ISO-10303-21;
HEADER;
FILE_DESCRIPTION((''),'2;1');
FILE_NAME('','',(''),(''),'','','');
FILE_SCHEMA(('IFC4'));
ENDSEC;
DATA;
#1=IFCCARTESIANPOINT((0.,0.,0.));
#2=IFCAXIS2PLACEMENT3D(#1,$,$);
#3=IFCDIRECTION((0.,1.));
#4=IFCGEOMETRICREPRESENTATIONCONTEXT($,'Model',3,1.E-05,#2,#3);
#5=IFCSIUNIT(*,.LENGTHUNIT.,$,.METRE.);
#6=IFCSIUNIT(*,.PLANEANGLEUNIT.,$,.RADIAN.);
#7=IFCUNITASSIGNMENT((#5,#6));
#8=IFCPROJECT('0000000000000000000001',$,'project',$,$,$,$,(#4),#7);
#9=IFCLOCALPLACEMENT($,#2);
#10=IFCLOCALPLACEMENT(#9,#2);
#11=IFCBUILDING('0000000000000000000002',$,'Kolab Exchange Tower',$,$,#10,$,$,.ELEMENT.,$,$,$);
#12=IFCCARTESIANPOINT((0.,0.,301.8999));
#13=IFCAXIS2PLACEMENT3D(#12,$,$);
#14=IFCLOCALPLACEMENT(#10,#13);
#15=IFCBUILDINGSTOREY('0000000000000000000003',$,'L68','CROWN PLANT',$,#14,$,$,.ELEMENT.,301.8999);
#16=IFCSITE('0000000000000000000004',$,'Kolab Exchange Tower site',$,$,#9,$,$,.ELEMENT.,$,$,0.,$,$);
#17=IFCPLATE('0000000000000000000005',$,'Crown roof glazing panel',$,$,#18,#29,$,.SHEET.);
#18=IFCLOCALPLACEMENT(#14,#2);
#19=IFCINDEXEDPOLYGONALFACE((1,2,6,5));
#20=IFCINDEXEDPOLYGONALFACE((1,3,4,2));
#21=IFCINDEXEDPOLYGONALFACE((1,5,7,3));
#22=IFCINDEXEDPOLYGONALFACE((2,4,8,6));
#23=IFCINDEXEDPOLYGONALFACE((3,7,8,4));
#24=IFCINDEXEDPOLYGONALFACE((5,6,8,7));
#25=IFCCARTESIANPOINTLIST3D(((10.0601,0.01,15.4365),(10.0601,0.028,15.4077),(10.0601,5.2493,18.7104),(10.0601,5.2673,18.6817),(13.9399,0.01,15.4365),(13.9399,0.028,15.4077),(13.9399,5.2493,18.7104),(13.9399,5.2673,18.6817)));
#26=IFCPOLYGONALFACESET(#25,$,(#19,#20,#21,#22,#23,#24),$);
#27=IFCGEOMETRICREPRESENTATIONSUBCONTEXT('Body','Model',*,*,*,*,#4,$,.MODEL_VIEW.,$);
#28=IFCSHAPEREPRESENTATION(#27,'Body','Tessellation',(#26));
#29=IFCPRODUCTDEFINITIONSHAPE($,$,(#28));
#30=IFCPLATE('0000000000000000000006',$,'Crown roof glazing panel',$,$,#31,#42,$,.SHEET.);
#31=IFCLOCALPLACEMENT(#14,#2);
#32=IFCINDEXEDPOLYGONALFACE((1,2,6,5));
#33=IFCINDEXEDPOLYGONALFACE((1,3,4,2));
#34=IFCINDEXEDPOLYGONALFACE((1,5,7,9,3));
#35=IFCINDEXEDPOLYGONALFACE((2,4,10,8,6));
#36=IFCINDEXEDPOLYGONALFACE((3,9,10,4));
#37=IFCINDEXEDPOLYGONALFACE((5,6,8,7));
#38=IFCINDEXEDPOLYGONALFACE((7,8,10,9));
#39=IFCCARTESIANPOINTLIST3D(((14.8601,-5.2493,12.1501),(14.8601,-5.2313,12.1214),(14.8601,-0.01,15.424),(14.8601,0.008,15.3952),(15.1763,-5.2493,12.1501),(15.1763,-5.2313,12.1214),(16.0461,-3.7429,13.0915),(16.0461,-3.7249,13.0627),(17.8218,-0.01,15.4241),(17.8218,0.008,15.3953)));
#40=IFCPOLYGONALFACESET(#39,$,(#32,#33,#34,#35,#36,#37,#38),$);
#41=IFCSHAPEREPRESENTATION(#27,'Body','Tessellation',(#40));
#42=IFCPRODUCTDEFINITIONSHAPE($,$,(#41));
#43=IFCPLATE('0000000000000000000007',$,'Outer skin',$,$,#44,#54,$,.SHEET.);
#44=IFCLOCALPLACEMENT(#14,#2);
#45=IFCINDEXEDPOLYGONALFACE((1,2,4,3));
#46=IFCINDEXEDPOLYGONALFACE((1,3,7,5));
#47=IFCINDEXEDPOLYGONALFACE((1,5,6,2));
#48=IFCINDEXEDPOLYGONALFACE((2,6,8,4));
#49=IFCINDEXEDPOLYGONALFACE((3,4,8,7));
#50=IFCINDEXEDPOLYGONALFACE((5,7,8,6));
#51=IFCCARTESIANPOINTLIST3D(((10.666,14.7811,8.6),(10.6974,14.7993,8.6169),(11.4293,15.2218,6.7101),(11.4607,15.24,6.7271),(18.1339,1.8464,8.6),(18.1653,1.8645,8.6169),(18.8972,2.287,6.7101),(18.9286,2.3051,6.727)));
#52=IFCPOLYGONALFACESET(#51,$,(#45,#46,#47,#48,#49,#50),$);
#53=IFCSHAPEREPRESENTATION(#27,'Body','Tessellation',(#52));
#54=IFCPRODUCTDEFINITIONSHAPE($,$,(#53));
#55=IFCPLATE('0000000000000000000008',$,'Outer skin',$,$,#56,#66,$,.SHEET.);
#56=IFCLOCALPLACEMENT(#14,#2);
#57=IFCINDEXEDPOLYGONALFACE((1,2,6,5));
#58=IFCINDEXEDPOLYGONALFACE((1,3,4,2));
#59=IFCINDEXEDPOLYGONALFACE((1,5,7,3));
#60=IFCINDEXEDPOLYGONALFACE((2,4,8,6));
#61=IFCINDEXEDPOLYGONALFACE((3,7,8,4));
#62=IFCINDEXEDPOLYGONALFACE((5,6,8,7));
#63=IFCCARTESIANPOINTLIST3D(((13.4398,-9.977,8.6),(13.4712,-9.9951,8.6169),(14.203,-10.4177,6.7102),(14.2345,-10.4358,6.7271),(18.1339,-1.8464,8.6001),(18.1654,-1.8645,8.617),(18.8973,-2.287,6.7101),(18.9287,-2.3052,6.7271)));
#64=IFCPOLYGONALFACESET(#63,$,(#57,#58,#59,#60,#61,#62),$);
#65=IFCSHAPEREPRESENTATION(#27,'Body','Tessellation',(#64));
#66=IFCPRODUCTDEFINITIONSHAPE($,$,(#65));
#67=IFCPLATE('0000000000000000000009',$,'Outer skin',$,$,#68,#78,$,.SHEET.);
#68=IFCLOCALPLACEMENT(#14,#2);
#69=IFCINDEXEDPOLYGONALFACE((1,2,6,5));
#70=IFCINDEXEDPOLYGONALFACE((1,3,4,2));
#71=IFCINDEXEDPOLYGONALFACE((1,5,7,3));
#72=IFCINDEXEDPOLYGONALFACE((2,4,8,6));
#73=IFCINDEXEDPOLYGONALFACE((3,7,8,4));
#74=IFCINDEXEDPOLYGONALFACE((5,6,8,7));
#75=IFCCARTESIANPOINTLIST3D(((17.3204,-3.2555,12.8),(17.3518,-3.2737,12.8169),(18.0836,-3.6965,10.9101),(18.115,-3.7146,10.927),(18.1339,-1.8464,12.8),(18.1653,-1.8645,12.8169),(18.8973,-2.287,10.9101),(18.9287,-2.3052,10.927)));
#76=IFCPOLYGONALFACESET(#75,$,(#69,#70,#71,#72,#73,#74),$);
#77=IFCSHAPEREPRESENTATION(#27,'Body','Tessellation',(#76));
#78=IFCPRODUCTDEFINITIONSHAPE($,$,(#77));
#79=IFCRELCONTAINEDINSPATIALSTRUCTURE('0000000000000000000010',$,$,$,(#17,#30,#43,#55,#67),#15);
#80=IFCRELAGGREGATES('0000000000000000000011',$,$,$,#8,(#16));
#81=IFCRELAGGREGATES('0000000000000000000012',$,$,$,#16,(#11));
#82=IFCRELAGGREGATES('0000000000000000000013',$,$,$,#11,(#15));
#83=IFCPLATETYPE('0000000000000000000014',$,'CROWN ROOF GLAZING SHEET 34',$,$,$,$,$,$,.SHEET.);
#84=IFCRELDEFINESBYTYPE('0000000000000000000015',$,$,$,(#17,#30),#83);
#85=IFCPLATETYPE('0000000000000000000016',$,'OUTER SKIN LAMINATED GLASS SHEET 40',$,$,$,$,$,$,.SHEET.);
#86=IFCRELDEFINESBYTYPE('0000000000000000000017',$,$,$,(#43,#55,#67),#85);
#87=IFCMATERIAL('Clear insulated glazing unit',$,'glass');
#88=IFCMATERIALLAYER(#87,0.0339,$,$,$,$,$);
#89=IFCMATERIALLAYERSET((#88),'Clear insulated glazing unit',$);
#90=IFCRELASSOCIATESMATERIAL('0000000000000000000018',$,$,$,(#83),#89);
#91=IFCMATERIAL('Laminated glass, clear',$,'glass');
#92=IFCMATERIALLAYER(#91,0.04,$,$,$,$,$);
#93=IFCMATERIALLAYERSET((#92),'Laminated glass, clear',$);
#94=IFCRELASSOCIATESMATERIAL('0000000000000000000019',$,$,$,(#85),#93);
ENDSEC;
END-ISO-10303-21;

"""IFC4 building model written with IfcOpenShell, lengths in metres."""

from ifc_helpers import new_model, si_unit, direction, frame, origin, place, context, subcontext, project, spatial, polyline, outline, extrude, material, layer, layer_set, type_object, element, save


model = new_model("IFC4")

# Units and contexts
model_context = context("Model", 3, precision=1e-05, world=origin(), true_north=direction((0.0, 1.0)))
body_context = subcontext(model_context, "Body", "Model", "MODEL_VIEW")
ifc_project = project(units=[si_unit("LENGTHUNIT", "METRE"), si_unit("PLANEANGLEUNIT", "RADIAN")], contexts=[model_context])

# Site, building, storey
site_placement = place(None, origin())
site = spatial("IfcSite", under=ifc_project, at=site_placement, Name="Kolab Exchange Tower site", CompositionType="ELEMENT", RefElevation=0.0)
building_placement = place(site_placement, origin())
building = spatial("IfcBuilding", under=site, at=building_placement, Name="Kolab Exchange Tower", CompositionType="ELEMENT")
storey_placement = place(building_placement, frame((0.0, 0.0, 301.8999)))
storey = spatial("IfcBuildingStorey", under=building, at=storey_placement, Name="L68", Description="CROWN PLANT", CompositionType="ELEMENT", Elevation=301.8999)

# Plates
ifc_material_1 = material(Name="Clear insulated glazing unit", Category="glass")
ifc_layer_1 = layer(ifc_material_1, 0.0339)
ifc_layer_set_1 = layer_set([ifc_layer_1], Name="Clear insulated glazing unit")
plate_type_1 = type_object("IfcPlateType", Name="CROWN ROOF GLAZING SHEET 34", PredefinedType="SHEET", material=ifc_layer_set_1)
for number, where, z_axis, x_axis, name in (
    (1, (10.0601, 0.01, 15.4365), (0.0, -0.529928, 0.848043), (0.0, 0.848043, 0.529928), "Crown roof glazing panel"),
):
    element("IfcPlate", number, at=place(storey_placement, frame(where, z_axis=z_axis, x_axis=x_axis)), inside=storey, type_object=plate_type_1, Name=name, PredefinedType="SHEET", context=body_context, shape_type="SweptSolid", body=[
        extrude(outline(polyline([(0.0, 0.0), (6.1781, 0.0), (6.1781, -3.8799), (0.0, -3.8799), (0.0, 0.0)])), origin(), (0.0, 0.0, -1.0), 0.0339),
    ])
plate_1_placement = place(storey_placement, frame((17.8218, -0.01, 15.4241), z_axis=(-0.000029, -0.529917, 0.848049), x_axis=(-0.374103, -0.786464, -0.491448)))
element("IfcPlate", 2, at=plate_1_placement, inside=storey, type_object=plate_type_1, Name="Crown roof glazing panel", PredefinedType="SHEET", context=body_context, shape_type="SweptSolid", body=[
    extrude(outline(polyline([(0.0, 0.0), (4.7464, 0.0), (6.7191, -0.1422), (6.8374, -0.4354), (1.108, -2.7466), (0.0, 0.0)])), origin(), (0.0, 0.0, -1.0), 0.0339),
])

# Plates
ifc_material_2 = material(Name="Laminated glass, clear", Category="glass")
ifc_layer_2 = layer(ifc_material_2, 0.04)
ifc_layer_set_2 = layer_set([ifc_layer_2], Name="Laminated glass, clear")
plate_type_2 = type_object("IfcPlateType", Name="OUTER SKIN LAMINATED GLASS SHEET 40", PredefinedType="SHEET", material=ifc_layer_set_2)
plate_2_placement = place(storey_placement, frame((11.4607, 15.24, 6.7271), z_axis=(0.784869, 0.453143, 0.422661), x_axis=(0.5, -0.866025, -0.000003)))
element("IfcPlate", 3, at=plate_2_placement, inside=storey, type_object=plate_type_2, Name="Outer skin", PredefinedType="SHEET", context=body_context, shape_type="SweptSolid", body=[
    extrude(outline(polyline([(0.0, 0.0), (14.9359, 0.0), (14.9358, -2.0854), (0.0, -2.0853), (0.0, 0.0)])), origin(), (0.0, 0.0, -1.0), 0.04),
])
plate_3_placement = place(storey_placement, frame((18.9287, -2.3052, 6.7271), z_axis=(0.784868, -0.453144, 0.422661), x_axis=(-0.500002, -0.866024, 0.000004)))
element("IfcPlate", 4, at=plate_3_placement, inside=storey, type_object=plate_type_2, Name="Outer skin", PredefinedType="SHEET", context=body_context, shape_type="SweptSolid", body=[
    extrude(outline(polyline([(0.0, 0.0), (9.3885, 0.0), (9.3885, -2.0853), (0.0001, -2.0854), (0.0, 0.0)])), origin(), (0.0, 0.0, -1.0), 0.04),
])
plate_4_placement = place(storey_placement, frame((18.9287, -2.3052, 10.927), z_axis=(0.784874, -0.453112, 0.422685), x_axis=(-0.499976, -0.866039, 0.000011)))
element("IfcPlate", 5, at=plate_4_placement, inside=storey, type_object=plate_type_2, Name="Outer skin", PredefinedType="SHEET", context=body_context, shape_type="SweptSolid", body=[
    extrude(outline(polyline([(0.0, 0.0), (1.6275, 0.0), (1.6272, -2.0853), (0.0001, -2.0854), (0.0, 0.0)])), origin(), (0.0, 0.0, -1.0), 0.04),
])

save(model, "model.ifc")
